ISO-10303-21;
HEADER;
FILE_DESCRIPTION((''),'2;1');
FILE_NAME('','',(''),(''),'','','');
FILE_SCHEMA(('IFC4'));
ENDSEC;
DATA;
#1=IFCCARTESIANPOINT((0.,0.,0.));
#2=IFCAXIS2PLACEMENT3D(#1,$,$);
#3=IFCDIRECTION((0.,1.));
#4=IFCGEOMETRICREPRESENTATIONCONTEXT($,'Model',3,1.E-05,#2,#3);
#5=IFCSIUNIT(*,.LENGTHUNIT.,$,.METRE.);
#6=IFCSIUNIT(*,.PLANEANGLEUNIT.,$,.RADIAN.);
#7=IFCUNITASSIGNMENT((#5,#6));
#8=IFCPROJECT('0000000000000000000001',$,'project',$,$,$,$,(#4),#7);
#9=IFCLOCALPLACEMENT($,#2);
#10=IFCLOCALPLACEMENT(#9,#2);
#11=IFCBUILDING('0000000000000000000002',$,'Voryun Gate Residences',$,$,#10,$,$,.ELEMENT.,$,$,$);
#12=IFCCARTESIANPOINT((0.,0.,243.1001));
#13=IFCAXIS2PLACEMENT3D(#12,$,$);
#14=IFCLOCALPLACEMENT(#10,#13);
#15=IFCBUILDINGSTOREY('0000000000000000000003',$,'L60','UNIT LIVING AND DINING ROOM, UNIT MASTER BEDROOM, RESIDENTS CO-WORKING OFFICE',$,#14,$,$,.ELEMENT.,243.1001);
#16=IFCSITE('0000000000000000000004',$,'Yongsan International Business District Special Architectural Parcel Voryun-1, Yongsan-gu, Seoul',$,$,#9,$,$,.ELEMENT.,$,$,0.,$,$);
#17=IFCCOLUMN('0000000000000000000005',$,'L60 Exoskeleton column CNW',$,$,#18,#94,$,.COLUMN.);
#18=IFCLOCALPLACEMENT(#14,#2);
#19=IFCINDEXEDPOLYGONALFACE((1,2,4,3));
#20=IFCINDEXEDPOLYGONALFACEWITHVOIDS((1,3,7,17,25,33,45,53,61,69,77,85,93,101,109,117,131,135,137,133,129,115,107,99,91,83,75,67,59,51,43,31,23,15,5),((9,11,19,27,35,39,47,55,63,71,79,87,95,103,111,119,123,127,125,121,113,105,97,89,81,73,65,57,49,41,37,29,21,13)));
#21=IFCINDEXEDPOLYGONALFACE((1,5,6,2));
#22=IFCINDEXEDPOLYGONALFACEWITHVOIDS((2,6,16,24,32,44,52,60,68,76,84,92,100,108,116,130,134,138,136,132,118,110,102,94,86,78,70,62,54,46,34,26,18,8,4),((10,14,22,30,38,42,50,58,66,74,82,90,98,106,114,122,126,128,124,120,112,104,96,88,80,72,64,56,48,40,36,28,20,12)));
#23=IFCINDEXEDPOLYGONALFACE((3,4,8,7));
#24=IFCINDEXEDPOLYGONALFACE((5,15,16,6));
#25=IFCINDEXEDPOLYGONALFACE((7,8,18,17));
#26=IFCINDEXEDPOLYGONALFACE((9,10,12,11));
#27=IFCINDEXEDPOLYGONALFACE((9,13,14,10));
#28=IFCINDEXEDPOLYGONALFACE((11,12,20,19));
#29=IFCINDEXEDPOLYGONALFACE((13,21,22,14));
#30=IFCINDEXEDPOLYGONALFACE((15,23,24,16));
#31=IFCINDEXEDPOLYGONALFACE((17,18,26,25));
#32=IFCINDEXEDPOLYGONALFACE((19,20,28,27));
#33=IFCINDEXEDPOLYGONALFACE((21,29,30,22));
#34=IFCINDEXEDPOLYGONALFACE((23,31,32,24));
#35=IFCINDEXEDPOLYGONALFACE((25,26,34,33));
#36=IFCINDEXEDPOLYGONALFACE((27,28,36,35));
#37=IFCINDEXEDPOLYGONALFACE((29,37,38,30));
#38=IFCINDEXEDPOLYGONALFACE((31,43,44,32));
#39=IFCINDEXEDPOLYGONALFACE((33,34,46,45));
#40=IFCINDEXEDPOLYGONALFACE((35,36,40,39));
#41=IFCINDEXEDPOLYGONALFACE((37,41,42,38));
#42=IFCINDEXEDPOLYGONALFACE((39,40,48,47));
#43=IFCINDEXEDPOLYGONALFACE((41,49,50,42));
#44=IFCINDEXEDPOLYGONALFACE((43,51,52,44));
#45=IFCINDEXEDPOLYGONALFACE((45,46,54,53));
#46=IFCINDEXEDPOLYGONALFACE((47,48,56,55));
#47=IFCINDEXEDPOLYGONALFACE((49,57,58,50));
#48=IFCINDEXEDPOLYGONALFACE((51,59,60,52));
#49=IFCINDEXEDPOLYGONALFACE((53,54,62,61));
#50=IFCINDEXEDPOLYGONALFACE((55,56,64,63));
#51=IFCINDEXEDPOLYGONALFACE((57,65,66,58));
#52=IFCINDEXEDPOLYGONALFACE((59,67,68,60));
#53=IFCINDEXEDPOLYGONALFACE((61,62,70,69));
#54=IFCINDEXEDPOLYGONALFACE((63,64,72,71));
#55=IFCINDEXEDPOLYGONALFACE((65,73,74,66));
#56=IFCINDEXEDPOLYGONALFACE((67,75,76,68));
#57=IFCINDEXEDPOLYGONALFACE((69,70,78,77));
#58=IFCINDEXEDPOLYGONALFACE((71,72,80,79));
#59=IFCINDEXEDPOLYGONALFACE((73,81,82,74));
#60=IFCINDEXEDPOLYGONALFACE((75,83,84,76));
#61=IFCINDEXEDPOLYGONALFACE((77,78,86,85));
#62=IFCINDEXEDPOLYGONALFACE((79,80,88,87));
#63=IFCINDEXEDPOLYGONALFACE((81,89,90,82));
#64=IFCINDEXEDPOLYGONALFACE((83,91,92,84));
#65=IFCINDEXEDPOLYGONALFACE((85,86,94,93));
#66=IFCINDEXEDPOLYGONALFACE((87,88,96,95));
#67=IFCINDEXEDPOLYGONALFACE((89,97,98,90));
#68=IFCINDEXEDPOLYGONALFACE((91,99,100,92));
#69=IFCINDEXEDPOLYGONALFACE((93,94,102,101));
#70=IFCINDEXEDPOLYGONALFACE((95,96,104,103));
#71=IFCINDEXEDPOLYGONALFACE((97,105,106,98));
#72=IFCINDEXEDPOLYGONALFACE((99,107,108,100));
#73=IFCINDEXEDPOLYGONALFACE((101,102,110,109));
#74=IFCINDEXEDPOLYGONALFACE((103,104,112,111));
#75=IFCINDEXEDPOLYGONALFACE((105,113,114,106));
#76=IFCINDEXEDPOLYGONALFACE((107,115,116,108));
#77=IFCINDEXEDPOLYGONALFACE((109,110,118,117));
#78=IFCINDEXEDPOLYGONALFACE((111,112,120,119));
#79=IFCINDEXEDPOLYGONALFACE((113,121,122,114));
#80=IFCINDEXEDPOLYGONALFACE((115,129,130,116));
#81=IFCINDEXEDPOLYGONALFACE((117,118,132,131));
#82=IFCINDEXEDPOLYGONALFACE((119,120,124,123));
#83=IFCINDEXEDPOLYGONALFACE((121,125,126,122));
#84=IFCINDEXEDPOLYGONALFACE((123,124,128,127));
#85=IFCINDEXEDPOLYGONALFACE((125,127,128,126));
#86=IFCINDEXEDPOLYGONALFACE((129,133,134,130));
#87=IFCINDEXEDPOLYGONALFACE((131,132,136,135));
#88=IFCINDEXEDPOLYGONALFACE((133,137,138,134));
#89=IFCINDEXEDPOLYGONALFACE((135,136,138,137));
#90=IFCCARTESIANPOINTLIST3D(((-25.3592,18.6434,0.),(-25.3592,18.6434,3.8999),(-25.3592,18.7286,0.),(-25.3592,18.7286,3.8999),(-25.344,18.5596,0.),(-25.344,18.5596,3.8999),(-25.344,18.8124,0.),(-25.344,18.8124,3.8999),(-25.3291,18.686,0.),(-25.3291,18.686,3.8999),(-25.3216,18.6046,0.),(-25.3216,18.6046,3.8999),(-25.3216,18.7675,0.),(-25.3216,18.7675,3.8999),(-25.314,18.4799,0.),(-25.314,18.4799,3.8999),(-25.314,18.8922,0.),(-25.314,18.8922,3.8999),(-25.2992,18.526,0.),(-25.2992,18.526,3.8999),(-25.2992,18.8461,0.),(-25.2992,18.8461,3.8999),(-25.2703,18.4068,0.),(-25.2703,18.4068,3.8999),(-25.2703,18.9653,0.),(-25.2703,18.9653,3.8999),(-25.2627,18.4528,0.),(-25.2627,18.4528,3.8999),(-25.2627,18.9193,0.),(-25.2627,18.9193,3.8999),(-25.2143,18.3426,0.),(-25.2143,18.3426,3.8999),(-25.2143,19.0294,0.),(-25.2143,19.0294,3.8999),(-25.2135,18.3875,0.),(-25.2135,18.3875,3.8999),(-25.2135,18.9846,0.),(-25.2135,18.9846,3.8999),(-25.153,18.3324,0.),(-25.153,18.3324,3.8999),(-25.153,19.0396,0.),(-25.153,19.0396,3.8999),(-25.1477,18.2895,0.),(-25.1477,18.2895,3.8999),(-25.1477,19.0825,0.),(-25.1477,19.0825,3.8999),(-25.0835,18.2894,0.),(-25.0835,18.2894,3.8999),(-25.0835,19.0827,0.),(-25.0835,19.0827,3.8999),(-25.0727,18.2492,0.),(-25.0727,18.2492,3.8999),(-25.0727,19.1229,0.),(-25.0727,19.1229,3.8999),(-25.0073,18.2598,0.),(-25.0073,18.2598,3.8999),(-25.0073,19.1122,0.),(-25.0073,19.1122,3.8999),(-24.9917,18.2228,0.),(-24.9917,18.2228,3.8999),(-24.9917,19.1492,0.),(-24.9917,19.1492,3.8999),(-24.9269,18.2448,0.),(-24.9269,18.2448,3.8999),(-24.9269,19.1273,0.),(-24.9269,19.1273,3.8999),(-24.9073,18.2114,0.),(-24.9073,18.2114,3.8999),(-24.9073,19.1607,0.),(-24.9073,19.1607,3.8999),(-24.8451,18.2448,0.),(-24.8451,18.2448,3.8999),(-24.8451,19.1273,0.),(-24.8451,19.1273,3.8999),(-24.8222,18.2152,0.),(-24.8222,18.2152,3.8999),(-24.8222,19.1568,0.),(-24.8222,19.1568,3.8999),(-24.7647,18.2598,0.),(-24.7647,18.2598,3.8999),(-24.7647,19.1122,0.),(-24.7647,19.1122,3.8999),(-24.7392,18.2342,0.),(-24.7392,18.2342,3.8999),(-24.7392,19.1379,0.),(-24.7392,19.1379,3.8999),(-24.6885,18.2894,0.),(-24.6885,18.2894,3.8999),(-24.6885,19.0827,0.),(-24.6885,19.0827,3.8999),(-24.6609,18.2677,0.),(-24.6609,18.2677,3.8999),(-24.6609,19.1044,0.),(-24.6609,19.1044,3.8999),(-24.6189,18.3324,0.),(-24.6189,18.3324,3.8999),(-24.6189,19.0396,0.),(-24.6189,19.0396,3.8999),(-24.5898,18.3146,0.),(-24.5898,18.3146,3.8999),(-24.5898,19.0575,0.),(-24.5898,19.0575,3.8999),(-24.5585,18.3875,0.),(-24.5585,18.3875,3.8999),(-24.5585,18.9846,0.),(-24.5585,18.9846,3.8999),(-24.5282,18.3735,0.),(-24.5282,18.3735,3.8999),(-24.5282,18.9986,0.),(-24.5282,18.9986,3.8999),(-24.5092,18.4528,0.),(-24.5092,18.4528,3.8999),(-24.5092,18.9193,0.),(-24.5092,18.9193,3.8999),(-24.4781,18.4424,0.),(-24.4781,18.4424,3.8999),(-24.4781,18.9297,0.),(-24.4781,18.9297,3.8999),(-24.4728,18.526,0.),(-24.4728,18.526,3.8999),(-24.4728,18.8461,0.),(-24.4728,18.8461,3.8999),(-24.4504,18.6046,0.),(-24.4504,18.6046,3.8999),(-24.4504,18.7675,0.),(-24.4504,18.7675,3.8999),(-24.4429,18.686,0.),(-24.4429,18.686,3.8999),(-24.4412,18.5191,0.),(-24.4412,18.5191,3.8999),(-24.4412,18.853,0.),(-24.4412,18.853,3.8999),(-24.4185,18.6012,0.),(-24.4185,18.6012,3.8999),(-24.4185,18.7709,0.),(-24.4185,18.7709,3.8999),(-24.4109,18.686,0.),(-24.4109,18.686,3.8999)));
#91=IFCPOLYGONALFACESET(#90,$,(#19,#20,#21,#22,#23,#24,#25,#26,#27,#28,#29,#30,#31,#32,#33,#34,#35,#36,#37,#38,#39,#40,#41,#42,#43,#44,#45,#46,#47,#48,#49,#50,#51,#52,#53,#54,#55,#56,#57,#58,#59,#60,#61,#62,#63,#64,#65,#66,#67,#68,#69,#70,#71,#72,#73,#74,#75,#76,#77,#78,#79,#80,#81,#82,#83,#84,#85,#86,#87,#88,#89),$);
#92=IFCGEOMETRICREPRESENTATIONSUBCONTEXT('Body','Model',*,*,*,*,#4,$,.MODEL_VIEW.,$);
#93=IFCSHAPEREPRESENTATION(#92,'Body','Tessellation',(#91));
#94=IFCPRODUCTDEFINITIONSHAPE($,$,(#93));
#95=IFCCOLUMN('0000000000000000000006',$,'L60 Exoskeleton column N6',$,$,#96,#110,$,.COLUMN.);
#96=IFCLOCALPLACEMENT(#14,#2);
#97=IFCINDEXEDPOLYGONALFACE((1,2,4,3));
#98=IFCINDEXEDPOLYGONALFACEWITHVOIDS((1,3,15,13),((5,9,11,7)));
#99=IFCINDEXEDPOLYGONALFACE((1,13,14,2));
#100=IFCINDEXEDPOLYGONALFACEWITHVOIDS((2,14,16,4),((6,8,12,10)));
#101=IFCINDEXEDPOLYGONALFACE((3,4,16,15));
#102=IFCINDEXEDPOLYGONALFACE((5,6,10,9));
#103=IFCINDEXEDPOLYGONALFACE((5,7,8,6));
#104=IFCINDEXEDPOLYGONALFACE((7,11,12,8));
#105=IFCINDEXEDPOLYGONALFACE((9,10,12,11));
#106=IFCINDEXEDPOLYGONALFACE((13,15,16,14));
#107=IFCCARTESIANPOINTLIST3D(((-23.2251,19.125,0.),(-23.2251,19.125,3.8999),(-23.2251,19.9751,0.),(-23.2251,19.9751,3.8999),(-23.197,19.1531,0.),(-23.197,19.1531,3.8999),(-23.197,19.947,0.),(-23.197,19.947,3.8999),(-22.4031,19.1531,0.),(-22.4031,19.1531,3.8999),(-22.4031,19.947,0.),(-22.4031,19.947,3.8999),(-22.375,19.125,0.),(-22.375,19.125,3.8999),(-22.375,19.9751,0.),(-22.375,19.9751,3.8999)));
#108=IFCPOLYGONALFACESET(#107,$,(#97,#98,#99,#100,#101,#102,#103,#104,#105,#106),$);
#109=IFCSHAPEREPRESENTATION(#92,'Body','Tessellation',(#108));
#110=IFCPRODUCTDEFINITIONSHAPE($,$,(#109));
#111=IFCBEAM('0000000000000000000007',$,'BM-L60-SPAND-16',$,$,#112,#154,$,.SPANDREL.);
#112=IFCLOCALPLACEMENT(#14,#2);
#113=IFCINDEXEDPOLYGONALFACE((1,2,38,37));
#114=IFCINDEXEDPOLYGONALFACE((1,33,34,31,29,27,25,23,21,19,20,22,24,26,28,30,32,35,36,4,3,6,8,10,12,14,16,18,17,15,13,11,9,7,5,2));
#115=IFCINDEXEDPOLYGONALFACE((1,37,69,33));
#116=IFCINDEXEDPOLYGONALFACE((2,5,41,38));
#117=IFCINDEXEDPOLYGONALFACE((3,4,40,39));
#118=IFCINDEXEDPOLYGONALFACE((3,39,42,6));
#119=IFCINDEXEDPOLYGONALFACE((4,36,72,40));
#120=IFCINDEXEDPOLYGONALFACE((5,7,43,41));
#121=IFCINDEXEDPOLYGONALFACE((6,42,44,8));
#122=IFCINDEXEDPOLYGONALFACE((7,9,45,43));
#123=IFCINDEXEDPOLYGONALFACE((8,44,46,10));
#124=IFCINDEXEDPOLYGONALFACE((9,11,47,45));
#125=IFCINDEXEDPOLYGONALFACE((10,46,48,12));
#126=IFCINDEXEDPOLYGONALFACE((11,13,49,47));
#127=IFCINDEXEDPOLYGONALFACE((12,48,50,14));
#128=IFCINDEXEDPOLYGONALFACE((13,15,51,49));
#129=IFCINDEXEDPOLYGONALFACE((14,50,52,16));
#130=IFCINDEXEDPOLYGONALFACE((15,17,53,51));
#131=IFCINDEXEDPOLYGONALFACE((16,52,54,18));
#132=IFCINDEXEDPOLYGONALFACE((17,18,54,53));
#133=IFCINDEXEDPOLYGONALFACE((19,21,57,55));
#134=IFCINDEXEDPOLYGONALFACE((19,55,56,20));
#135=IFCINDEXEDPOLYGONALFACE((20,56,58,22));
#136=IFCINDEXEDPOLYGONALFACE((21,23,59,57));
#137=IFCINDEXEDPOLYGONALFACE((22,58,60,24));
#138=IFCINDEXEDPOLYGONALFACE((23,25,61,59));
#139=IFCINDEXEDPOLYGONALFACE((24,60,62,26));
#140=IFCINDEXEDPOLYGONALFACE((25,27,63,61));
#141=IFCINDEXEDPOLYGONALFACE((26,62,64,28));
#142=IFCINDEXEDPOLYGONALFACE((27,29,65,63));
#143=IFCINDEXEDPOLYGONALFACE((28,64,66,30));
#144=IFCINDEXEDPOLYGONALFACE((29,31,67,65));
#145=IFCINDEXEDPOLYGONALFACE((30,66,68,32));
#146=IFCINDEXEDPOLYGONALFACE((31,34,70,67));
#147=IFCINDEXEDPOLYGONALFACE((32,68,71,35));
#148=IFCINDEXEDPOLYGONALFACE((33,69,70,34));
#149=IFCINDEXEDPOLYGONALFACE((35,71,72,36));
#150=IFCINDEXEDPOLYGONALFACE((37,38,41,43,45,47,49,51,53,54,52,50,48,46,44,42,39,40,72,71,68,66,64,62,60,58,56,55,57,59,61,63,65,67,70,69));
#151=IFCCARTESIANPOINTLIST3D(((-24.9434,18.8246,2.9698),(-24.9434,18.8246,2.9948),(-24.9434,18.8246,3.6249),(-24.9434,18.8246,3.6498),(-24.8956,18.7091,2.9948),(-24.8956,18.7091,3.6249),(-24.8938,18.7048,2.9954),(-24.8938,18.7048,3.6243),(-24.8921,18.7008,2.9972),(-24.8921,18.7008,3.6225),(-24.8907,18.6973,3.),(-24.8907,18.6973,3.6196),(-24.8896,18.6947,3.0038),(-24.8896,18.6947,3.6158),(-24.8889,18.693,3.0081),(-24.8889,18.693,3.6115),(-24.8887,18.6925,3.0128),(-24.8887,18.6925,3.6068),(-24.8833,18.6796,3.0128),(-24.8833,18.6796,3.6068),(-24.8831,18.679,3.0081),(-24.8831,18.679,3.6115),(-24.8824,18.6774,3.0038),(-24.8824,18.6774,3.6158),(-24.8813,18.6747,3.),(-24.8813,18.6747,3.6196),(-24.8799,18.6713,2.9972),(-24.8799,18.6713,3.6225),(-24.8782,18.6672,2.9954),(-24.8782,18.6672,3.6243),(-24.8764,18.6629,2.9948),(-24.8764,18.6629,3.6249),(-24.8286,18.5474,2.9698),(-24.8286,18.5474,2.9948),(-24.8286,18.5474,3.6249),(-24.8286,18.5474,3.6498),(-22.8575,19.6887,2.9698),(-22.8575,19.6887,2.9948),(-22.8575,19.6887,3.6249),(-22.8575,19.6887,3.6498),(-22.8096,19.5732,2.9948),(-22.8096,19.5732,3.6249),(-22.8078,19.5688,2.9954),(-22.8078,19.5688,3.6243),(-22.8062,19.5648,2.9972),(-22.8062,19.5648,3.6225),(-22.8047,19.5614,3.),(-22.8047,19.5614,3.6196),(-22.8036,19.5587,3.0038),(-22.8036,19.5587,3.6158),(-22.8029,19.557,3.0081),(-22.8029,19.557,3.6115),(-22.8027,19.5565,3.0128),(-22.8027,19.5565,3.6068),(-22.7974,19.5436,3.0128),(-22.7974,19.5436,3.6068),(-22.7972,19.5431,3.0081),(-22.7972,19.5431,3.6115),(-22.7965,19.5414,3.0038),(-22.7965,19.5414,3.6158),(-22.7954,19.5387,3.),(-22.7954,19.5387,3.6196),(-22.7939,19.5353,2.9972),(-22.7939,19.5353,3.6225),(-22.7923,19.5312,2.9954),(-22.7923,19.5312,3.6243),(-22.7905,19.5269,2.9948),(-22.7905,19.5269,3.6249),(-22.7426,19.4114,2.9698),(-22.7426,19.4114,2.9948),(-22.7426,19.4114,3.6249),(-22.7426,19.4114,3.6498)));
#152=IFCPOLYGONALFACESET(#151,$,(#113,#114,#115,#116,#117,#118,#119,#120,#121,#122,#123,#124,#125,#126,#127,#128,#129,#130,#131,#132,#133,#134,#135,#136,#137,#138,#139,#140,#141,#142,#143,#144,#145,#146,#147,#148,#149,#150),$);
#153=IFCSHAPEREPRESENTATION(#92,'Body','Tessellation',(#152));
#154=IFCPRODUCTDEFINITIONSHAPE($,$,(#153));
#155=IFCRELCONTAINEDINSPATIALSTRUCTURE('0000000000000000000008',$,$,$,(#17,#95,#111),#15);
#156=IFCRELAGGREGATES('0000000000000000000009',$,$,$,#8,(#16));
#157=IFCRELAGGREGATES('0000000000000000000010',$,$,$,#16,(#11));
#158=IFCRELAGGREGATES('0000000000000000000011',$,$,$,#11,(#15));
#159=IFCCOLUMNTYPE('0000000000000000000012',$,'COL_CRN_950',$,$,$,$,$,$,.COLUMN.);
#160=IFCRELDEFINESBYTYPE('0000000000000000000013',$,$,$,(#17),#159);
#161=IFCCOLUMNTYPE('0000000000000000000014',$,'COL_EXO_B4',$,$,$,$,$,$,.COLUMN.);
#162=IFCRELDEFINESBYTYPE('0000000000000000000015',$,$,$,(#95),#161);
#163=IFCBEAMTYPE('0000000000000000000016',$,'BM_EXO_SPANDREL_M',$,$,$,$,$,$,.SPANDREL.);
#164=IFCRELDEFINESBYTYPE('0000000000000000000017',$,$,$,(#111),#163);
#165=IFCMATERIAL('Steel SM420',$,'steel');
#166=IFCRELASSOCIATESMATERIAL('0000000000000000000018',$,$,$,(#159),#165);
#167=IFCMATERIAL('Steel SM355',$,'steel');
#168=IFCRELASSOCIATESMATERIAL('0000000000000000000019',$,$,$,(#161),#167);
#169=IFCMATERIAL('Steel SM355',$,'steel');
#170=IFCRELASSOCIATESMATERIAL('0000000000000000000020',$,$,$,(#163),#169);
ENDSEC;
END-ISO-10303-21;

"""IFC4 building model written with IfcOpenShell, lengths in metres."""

from ifc_helpers import new_model, si_unit, direction, frame, origin, origin_2d, place, context, subcontext, project, spatial, hollow_rectangle, hollow_circle, i_section, extrude, material, material_profile, profile_set, type_object, element, save


model = new_model("IFC4")

# Units and contexts
model_context = context("Model", 3, precision=1e-05, world=origin(), true_north=direction((0.0, 1.0)))
body_context = subcontext(model_context, "Body", "Model", "MODEL_VIEW")
ifc_project = project(units=[si_unit("LENGTHUNIT", "METRE"), si_unit("PLANEANGLEUNIT", "RADIAN")], contexts=[model_context])

# Site, building, storey
site_placement = place(None, origin())
site = spatial("IfcSite", under=ifc_project, at=site_placement, Name="Yongsan International Business District Special Architectural Parcel Voryun-1, Yongsan-gu, Seoul", CompositionType="ELEMENT", RefElevation=0.0)
building_placement = place(site_placement, origin())
building = spatial("IfcBuilding", under=site, at=building_placement, Name="Voryun Gate Residences", CompositionType="ELEMENT")
storey_placement = place(building_placement, frame((0.0, 0.0, 243.1001)))
storey = spatial("IfcBuildingStorey", under=building, at=storey_placement, Name="L60", Description="UNIT LIVING AND DINING ROOM, UNIT MASTER BEDROOM, RESIDENTS CO-WORKING OFFICE", CompositionType="ELEMENT", Elevation=243.1001)

# Columns
ifc_material_1 = material(Name="Steel SM420", Category="steel")
ifc_material_profile_1 = material_profile(ifc_material_1, hollow_circle(Radius=0.4751, WallThickness=0.032, at=origin_2d()), Name="CHS-950x32")
ifc_profile_set_1 = profile_set([ifc_material_profile_1], Name="Steel SM420")
column_type_1 = type_object("IfcColumnType", Name="COL_CRN_950", PredefinedType="COLUMN", material=ifc_profile_set_1)
column_1_placement = place(storey_placement, frame((-24.886, 18.686, 0.0), z_axis=(0.0, 0.0, 1.0), x_axis=(1.0, 0.0, 0.0)))
element("IfcColumn", 1, at=column_1_placement, inside=storey, type_object=column_type_1, Name="L60 Exoskeleton column CNW", PredefinedType="COLUMN", context=body_context, shape_type="SweptSolid", body=[
    extrude(hollow_circle(Radius=0.4751, WallThickness=0.032, at=origin_2d()), origin(), (0.0, 0.0, 1.0), 3.8999),
])
ifc_material_2 = material(Name="Steel SM355", Category="steel")
ifc_material_profile_2 = material_profile(ifc_material_2, hollow_rectangle(XDim=0.8501, YDim=0.8501, WallThickness=0.0281, at=origin_2d()), Name="BOX-850x850x28")
ifc_profile_set_2 = profile_set([ifc_material_profile_2], Name="Steel SM355")
column_type_2 = type_object("IfcColumnType", Name="COL_EXO_B4", PredefinedType="COLUMN", material=ifc_profile_set_2)
column_2_placement = place(storey_placement, frame((-22.8, 19.55, 0.0), z_axis=(0.0, 0.0, 1.0), x_axis=(1.0, 0.0, 0.0)))
element("IfcColumn", 2, at=column_2_placement, inside=storey, type_object=column_type_2, Name="L60 Exoskeleton column N6", PredefinedType="COLUMN", context=body_context, shape_type="SweptSolid", body=[
    extrude(hollow_rectangle(XDim=0.8501, YDim=0.8501, WallThickness=0.0281, at=origin_2d()), origin(), (0.0, 0.0, 1.0), 3.8999),
])

# Beam
ifc_material_3 = material(Name="Steel SM355", Category="steel")
ifc_material_profile_3 = material_profile(ifc_material_3, i_section(OverallWidth=0.3, OverallDepth=0.6799, WebThickness=0.0139, FlangeThickness=0.0249, FilletRadius=0.0181, at=origin_2d()), Name="H-680x300x14x25")
ifc_profile_set_3 = profile_set([ifc_material_profile_3], Name="Steel SM355")
beam_type = type_object("IfcBeamType", Name="BM_EXO_SPANDREL_M", PredefinedType="SPANDREL", material=ifc_profile_set_3)
beam_1_placement = place(storey_placement, frame((-22.8, 19.55, 3.3098), z_axis=(-0.923881, -0.38268, 0.0), x_axis=(0.38268, -0.923881, 0.0)))
element("IfcBeam", 3, at=beam_1_placement, inside=storey, type_object=beam_type, Name="BM-L60-SPAND-16", PredefinedType="SPANDREL", context=body_context, shape_type="SweptSolid", body=[
    extrude(i_section(OverallWidth=0.3, OverallDepth=0.6799, WebThickness=0.0139, FlangeThickness=0.0249, FilletRadius=0.0181, at=origin_2d()), origin(), (0.0, 0.0, 1.0), 2.2578),
])

save(model, "model.ifc")
